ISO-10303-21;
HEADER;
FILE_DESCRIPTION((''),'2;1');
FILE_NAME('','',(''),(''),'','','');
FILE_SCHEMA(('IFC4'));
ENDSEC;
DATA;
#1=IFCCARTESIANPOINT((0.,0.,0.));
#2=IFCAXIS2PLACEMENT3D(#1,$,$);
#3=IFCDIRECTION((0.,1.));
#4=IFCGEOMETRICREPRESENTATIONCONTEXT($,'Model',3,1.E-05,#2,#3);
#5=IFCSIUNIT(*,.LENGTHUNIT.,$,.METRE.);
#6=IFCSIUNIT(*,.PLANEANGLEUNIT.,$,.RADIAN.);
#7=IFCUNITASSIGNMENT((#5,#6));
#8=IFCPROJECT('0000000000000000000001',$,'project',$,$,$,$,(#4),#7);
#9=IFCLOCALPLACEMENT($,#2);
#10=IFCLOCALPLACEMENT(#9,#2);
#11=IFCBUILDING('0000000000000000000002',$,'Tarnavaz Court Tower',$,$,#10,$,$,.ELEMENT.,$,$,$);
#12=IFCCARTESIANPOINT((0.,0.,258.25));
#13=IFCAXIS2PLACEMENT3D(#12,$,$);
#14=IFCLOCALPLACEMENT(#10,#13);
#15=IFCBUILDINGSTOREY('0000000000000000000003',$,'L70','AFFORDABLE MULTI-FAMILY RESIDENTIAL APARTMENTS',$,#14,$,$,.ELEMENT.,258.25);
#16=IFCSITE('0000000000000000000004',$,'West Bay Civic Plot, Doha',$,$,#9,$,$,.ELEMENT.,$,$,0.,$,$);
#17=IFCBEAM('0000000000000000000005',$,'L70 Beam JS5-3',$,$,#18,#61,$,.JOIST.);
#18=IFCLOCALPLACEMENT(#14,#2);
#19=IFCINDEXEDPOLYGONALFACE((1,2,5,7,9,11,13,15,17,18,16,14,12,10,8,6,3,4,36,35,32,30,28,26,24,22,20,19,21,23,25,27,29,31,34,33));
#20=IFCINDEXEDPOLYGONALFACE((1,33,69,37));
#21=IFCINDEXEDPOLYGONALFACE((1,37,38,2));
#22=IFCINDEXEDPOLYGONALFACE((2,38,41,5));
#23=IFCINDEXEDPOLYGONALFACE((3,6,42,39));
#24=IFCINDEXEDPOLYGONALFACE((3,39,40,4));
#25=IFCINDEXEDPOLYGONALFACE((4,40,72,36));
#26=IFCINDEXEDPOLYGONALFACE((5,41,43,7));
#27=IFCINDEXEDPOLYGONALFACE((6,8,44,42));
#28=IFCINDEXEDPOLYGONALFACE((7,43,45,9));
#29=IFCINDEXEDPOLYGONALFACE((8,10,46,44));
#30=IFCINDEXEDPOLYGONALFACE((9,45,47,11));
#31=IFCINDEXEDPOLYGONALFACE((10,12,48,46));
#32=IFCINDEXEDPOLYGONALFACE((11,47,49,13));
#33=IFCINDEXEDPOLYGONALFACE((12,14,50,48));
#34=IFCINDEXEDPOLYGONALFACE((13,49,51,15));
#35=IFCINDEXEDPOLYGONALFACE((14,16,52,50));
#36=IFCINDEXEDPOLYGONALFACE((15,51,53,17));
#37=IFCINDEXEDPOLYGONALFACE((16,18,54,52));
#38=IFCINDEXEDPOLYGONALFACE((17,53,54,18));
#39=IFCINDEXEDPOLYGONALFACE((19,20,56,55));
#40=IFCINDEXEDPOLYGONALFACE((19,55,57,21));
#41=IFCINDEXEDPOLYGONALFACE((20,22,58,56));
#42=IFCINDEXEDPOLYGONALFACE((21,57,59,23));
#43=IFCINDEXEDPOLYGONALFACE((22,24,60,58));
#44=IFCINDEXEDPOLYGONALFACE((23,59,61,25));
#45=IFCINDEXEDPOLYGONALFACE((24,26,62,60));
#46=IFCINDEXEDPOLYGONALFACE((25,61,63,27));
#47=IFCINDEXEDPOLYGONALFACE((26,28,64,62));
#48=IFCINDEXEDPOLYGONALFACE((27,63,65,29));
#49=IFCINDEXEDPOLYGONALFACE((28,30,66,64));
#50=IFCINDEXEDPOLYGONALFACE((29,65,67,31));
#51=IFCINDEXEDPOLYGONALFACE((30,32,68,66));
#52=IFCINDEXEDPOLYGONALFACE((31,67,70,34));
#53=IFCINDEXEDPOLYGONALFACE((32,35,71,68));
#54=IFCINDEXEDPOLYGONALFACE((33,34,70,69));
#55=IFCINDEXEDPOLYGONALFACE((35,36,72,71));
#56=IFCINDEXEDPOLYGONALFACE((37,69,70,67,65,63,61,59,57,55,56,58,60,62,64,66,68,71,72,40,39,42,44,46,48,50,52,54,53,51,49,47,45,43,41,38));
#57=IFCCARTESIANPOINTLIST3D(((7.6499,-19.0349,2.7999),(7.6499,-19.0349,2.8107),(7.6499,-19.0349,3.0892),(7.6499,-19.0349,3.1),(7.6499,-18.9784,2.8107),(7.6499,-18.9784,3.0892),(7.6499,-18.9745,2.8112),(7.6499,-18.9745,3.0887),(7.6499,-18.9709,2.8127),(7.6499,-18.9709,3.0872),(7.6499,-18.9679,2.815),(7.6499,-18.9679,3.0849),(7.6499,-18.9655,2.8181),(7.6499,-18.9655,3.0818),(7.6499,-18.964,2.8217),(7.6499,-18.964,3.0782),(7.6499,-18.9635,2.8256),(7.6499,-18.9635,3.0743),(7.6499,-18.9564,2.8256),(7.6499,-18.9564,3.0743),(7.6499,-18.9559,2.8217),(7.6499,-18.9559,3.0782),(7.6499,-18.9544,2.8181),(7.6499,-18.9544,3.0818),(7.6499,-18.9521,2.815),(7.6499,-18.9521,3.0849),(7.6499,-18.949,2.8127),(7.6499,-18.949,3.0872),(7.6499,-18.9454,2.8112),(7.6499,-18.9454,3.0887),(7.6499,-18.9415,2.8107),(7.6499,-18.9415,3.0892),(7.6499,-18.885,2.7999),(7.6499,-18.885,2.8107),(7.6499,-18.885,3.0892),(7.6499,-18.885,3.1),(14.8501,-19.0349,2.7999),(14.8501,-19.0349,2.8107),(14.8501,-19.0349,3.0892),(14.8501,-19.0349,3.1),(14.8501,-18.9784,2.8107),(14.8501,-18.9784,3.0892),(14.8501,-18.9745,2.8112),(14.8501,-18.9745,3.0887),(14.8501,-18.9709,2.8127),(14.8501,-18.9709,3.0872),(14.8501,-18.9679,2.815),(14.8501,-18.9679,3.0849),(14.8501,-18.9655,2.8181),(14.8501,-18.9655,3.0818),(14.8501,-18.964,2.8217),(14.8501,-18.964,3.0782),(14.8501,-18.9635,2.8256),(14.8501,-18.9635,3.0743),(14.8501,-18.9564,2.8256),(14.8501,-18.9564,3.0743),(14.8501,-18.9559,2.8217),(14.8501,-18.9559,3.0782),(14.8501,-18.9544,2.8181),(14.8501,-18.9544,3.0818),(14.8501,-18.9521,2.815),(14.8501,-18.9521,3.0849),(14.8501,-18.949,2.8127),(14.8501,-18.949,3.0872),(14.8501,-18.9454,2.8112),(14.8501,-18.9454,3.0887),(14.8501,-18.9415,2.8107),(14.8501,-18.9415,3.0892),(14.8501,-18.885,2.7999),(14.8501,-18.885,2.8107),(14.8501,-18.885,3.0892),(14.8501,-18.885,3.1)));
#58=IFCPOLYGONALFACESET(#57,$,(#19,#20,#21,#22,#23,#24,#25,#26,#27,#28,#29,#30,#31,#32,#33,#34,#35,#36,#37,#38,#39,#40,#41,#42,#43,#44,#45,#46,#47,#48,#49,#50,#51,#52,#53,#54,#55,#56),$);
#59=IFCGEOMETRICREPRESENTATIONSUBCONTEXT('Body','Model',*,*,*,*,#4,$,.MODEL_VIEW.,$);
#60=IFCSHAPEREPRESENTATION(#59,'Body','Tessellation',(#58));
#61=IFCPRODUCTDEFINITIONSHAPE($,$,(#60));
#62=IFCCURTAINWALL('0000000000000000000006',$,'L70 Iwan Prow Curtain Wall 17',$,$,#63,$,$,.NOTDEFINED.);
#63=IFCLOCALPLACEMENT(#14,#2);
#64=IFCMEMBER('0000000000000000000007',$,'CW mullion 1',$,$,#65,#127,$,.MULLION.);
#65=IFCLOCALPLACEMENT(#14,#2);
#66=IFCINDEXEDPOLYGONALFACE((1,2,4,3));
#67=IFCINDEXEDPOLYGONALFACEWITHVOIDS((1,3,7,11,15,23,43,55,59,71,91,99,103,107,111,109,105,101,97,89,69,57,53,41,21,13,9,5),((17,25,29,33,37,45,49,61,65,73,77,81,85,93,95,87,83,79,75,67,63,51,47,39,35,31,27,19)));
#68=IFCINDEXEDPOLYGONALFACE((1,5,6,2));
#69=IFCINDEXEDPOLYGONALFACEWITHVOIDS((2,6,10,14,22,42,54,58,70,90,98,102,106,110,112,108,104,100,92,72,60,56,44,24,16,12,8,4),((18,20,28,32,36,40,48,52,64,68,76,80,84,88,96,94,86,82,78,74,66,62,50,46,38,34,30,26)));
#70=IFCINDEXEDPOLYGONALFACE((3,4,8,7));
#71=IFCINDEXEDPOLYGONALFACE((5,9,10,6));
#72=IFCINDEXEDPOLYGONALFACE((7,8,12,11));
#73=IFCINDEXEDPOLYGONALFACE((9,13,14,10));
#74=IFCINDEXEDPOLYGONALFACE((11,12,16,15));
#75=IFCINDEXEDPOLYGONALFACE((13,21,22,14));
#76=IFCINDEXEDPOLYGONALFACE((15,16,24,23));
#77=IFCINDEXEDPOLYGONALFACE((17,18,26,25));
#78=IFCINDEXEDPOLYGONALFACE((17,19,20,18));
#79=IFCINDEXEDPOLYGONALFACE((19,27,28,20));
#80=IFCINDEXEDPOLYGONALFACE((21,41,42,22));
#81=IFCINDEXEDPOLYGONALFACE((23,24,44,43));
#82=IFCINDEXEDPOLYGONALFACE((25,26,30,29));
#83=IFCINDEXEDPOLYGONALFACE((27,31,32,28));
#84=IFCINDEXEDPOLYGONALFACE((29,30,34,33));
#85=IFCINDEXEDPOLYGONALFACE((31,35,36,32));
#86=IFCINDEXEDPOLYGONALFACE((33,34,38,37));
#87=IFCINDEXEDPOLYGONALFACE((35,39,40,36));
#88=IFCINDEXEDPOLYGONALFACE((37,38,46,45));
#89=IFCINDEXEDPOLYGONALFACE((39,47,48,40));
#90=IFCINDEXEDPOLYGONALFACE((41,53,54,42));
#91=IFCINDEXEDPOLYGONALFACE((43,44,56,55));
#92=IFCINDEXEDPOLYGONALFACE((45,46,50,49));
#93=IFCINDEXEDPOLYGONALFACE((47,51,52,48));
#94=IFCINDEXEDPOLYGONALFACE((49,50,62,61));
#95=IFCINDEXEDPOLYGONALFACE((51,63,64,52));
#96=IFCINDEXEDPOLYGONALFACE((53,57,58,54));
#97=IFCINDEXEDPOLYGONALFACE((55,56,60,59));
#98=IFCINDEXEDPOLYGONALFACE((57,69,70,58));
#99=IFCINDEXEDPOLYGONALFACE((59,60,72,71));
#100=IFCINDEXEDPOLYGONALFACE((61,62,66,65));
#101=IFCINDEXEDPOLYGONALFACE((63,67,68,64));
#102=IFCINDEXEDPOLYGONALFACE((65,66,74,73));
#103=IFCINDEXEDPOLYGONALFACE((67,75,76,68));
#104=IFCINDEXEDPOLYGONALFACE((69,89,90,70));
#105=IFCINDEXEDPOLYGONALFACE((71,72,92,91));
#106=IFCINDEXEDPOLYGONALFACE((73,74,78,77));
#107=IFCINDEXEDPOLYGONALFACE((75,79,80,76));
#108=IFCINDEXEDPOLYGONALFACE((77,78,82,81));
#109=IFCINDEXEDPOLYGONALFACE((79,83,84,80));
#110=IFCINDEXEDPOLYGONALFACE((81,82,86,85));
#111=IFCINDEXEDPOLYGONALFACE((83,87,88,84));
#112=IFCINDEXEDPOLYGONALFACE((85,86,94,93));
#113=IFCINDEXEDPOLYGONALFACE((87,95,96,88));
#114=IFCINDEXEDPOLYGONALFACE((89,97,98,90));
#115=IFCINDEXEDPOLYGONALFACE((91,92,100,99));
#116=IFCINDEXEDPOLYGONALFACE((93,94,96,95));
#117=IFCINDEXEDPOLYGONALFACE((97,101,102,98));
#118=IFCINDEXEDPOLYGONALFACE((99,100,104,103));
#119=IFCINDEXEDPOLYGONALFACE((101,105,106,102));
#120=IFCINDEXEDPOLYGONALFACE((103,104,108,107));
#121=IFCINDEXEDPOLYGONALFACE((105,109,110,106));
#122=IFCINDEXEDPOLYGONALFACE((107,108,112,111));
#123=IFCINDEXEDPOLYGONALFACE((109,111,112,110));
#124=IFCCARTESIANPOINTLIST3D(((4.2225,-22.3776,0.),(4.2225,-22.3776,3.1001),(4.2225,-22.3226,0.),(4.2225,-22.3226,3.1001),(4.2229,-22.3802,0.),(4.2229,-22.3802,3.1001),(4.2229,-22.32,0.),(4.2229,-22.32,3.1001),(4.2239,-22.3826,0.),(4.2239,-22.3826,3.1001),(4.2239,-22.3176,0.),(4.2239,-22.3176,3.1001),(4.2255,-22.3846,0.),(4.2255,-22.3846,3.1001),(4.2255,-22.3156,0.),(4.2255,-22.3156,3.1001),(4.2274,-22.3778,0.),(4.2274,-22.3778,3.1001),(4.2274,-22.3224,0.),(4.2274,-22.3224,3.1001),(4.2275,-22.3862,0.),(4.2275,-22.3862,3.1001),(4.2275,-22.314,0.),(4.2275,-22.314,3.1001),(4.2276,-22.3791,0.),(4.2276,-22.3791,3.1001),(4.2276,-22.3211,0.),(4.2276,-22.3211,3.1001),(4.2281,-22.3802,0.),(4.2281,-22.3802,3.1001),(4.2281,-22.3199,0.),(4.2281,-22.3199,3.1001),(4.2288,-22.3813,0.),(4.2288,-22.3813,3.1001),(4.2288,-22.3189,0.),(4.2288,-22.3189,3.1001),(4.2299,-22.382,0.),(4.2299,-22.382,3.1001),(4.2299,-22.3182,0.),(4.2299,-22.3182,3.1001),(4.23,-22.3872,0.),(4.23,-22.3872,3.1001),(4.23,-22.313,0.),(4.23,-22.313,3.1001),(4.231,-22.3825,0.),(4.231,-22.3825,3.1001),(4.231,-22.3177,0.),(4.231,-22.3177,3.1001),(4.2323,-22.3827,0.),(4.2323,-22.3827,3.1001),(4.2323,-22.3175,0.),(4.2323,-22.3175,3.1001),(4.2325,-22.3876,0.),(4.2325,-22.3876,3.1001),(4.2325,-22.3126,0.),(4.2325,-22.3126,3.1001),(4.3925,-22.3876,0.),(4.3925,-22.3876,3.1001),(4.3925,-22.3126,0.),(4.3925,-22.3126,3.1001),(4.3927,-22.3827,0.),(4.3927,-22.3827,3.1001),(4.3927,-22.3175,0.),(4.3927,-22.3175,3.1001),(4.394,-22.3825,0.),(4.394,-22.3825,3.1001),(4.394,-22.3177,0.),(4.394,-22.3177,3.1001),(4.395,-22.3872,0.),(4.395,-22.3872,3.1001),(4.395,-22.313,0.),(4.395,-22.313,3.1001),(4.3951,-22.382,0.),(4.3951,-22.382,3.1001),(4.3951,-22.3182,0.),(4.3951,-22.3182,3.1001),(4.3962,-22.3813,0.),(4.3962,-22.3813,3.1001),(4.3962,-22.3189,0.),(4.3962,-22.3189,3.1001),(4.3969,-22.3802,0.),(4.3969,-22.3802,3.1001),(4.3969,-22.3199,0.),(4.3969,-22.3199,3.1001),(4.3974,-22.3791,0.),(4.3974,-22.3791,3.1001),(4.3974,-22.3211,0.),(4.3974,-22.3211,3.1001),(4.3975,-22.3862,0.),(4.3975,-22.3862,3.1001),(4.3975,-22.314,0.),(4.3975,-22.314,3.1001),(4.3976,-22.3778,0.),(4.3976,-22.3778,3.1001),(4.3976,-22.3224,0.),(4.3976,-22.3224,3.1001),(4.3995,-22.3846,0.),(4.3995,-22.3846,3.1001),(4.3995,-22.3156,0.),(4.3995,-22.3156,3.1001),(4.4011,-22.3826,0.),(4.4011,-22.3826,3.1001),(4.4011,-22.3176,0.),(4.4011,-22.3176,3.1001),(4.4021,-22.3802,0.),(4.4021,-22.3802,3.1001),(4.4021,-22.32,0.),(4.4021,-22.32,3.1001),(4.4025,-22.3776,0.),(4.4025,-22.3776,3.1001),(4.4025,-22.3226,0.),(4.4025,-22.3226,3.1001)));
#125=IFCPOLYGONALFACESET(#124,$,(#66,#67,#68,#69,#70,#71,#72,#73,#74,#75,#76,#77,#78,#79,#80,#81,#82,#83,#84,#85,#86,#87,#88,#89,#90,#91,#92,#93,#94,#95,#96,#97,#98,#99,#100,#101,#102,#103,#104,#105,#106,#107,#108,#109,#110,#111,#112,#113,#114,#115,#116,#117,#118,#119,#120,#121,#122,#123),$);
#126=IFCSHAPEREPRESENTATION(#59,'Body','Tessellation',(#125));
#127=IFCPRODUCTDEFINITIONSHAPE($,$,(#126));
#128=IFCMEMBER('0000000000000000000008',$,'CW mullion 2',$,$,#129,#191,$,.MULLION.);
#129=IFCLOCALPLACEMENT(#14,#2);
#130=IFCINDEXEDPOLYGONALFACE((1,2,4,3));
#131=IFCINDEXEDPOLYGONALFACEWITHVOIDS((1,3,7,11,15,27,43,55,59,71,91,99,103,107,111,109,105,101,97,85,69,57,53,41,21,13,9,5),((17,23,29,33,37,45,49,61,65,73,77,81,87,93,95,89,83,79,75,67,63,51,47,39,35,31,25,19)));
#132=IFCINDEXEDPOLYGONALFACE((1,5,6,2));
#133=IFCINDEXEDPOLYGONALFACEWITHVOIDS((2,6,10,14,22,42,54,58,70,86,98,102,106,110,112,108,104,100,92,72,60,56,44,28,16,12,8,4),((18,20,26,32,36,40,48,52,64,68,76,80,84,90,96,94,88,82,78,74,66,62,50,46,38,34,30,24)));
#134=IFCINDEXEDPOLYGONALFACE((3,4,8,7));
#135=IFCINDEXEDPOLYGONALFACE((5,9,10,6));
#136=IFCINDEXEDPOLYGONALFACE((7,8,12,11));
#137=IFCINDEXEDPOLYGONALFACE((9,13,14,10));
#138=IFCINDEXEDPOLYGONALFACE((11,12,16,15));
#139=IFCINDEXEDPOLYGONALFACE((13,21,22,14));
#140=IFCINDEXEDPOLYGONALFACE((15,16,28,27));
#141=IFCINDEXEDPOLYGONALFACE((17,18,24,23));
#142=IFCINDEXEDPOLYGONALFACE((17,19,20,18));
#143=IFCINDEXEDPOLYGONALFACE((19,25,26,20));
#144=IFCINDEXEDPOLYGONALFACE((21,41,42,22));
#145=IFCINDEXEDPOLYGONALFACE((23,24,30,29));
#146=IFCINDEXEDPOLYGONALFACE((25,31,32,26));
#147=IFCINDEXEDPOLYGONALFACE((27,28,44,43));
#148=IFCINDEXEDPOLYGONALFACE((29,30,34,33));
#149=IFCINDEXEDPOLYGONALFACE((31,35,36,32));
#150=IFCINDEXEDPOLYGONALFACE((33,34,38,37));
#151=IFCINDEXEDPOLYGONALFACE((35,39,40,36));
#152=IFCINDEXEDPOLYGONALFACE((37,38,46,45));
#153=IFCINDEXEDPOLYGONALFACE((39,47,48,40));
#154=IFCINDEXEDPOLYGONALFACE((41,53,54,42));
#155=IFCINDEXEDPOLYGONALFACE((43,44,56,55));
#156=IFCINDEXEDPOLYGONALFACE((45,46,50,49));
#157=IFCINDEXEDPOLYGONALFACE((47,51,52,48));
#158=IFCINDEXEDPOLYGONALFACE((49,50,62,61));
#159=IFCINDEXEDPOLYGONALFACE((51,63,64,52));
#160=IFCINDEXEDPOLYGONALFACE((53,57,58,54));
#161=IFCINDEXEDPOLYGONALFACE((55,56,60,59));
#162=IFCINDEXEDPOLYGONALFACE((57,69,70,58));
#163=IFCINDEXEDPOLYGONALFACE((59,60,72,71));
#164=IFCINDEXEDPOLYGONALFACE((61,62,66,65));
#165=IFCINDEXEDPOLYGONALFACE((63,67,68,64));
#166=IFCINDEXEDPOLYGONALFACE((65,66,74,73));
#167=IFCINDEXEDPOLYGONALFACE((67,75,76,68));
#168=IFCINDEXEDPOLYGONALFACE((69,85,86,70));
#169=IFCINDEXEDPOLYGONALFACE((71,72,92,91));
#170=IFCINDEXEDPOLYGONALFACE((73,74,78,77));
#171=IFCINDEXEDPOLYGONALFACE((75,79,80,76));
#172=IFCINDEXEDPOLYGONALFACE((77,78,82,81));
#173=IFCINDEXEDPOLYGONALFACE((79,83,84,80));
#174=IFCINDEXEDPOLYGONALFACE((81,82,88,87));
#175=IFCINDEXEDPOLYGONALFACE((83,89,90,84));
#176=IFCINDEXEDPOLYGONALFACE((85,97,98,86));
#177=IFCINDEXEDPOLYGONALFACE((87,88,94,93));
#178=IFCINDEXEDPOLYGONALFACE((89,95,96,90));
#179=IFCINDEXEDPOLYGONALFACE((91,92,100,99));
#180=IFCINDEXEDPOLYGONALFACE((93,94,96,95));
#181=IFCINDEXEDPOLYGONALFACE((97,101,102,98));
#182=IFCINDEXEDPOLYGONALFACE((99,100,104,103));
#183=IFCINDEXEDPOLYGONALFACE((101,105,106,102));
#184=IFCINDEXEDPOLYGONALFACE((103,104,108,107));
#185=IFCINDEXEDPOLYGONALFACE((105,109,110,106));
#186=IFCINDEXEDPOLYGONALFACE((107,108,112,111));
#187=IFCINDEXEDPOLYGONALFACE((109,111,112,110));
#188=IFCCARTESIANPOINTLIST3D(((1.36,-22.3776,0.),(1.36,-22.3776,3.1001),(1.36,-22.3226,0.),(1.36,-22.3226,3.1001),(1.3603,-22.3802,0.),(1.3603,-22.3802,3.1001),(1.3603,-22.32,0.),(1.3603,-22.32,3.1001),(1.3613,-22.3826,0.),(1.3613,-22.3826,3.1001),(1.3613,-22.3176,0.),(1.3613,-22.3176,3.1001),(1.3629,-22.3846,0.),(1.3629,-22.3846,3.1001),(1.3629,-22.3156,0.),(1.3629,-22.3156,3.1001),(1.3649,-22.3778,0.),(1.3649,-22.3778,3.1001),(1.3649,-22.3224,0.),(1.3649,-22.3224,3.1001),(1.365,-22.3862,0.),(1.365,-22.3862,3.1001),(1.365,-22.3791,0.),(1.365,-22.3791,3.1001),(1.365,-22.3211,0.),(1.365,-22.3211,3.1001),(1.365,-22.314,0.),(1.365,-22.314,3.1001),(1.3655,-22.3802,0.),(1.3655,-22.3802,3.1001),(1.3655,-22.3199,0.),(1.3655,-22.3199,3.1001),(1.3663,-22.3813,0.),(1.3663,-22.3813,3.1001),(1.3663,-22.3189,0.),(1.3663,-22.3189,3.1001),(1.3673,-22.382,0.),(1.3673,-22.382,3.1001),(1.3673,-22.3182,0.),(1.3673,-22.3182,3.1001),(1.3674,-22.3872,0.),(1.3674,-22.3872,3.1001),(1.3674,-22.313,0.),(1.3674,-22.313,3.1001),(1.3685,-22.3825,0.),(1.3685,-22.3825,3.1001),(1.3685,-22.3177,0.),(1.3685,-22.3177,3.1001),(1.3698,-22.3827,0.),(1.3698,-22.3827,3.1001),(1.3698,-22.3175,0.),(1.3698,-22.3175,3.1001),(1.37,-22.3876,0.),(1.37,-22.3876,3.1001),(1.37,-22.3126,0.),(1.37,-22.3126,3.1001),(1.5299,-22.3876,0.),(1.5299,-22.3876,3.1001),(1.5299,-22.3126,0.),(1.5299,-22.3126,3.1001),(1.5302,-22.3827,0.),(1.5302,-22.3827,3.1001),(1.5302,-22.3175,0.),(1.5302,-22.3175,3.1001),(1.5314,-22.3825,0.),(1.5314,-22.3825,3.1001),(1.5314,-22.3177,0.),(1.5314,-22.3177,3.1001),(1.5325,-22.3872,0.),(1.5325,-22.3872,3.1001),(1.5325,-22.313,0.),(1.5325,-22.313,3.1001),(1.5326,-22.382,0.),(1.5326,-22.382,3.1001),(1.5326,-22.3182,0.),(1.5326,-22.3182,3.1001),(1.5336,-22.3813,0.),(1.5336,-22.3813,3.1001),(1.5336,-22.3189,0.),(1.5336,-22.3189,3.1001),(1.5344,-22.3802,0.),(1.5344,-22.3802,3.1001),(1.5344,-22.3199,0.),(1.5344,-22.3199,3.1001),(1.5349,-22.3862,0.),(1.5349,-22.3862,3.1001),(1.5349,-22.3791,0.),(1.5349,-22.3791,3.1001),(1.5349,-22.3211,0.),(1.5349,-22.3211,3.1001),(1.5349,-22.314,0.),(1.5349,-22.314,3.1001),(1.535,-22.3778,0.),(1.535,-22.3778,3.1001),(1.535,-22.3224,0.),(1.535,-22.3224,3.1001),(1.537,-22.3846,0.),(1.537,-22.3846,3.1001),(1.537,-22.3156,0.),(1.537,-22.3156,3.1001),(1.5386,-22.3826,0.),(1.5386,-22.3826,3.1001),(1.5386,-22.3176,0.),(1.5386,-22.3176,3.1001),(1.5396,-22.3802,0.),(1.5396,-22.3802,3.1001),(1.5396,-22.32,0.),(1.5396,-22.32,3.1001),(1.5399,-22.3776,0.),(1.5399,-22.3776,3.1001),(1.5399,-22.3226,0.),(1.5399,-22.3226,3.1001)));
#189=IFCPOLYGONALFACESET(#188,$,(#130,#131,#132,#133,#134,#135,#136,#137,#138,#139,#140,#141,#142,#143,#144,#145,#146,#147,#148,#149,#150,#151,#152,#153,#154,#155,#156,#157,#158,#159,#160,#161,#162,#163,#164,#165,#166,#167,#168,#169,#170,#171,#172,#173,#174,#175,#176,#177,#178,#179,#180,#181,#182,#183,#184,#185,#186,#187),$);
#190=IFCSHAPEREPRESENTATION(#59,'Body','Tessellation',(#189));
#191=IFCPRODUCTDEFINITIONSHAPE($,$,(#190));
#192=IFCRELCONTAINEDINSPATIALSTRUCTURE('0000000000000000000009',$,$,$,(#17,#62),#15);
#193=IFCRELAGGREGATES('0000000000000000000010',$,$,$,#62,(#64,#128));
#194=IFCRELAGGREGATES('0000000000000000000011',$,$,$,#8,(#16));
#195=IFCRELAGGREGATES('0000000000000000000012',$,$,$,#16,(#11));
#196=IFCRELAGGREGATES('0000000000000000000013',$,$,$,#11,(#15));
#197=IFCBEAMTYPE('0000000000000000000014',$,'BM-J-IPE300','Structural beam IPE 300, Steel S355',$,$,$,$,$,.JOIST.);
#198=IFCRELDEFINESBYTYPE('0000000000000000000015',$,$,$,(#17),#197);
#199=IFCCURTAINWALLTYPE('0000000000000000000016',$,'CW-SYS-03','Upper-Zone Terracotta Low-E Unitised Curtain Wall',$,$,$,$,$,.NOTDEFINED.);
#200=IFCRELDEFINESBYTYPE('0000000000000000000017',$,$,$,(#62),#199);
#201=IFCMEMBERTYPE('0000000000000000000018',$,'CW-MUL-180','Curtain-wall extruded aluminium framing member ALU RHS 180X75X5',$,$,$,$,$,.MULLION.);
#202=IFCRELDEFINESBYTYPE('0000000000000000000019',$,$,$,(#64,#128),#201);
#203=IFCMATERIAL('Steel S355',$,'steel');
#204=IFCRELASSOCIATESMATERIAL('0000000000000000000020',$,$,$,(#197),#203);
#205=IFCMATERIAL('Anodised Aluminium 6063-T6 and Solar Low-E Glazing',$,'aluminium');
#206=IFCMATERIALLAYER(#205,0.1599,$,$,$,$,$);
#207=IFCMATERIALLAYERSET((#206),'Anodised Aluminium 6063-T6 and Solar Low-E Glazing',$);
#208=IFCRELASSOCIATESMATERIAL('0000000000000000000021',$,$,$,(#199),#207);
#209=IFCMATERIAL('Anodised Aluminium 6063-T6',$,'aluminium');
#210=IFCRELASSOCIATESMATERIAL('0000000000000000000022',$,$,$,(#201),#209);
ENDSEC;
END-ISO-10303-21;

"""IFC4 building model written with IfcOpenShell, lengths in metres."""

from ifc_helpers import new_model, si_unit, direction, frame, origin, origin_2d, place, context, subcontext, project, spatial, hollow_rectangle, i_section, extrude, material, layer, layer_set, material_profile, profile_set, type_object, element, aggregate, save


model = new_model("IFC4")

# Units and contexts
model_context = context("Model", 3, precision=1e-05, world=origin(), true_north=direction((0.0, 1.0)))
body_context = subcontext(model_context, "Body", "Model", "MODEL_VIEW")
ifc_project = project(units=[si_unit("LENGTHUNIT", "METRE"), si_unit("PLANEANGLEUNIT", "RADIAN")], contexts=[model_context])

# Site, building, storey
site_placement = place(None, origin())
site = spatial("IfcSite", under=ifc_project, at=site_placement, Name="West Bay Civic Plot, Doha", CompositionType="ELEMENT", RefElevation=0.0)
building_placement = place(site_placement, origin())
building = spatial("IfcBuilding", under=site, at=building_placement, Name="Tarnavaz Court Tower", CompositionType="ELEMENT")
storey_placement = place(building_placement, frame((0.0, 0.0, 258.25)))
storey = spatial("IfcBuildingStorey", under=building, at=storey_placement, Name="L70", Description="AFFORDABLE MULTI-FAMILY RESIDENTIAL APARTMENTS", CompositionType="ELEMENT", Elevation=258.25)

# Beam
ifc_material_1 = material(Name="Steel S355", Category="steel")
ifc_material_profile_1 = material_profile(ifc_material_1, i_section(OverallWidth=0.1499, OverallDepth=0.3, WebThickness=0.0071, FlangeThickness=0.0107, FilletRadius=0.0149, at=origin_2d()), Name="IPE 300")
ifc_profile_set_1 = profile_set([ifc_material_profile_1], Name="Steel S355")
beam_type = type_object("IfcBeamType", Name="BM-J-IPE300", Description="Structural beam IPE 300, Steel S355", PredefinedType="JOIST", material=ifc_profile_set_1)
for number, where, z_axis, x_axis, name in (
    (1, (7.6499, -18.96, 2.95), (1.0, 0.0, 0.0), (0.0, 1.0, 0.0), "L70 Beam JS5-3"),
):
    element("IfcBeam", number, at=place(storey_placement, frame(where, z_axis=z_axis, x_axis=x_axis)), inside=storey, type_object=beam_type, Name=name, PredefinedType="JOIST", context=body_context, shape_type="SweptSolid", body=[
        extrude(i_section(OverallWidth=0.1499, OverallDepth=0.3, WebThickness=0.0071, FlangeThickness=0.0107, FilletRadius=0.0149, at=origin_2d()), origin(), (0.0, 0.0, 1.0), 7.2002),
    ])

# Curtain wall, members
ifc_material_2 = material(Name="Anodised Aluminium 6063-T6 and Solar Low-E Glazing", Category="aluminium")
ifc_layer_1 = layer(ifc_material_2, 0.1599)
ifc_layer_set_1 = layer_set([ifc_layer_1], Name="Anodised Aluminium 6063-T6 and Solar Low-E Glazing")
curtain_wall_type = type_object("IfcCurtainWallType", Name="CW-SYS-03", Description="Upper-Zone Terracotta Low-E Unitised Curtain Wall", PredefinedType="NOTDEFINED", material=ifc_layer_set_1)
curtain_wall_placement = place(storey_placement, origin())
curtain_wall = element("IfcCurtainWall", 2, at=curtain_wall_placement, inside=storey, type_object=curtain_wall_type, Name="L70 Iwan Prow Curtain Wall 17", PredefinedType="NOTDEFINED")
ifc_material_3 = material(Name="Anodised Aluminium 6063-T6", Category="aluminium")
ifc_material_profile_2 = material_profile(ifc_material_3, hollow_rectangle(XDim=0.075, YDim=0.1799, WallThickness=0.0049, InnerFilletRadius=0.0049, OuterFilletRadius=0.01, at=origin_2d()), Name="ALU RHS 180X75X5")
ifc_profile_set_2 = profile_set([ifc_material_profile_2], Name="Anodised Aluminium 6063-T6")
member_type_1 = type_object("IfcMemberType", Name="CW-MUL-180", Description="Curtain-wall extruded aluminium framing member ALU RHS 180X75X5", PredefinedType="MULLION", material=ifc_profile_set_2)
member_1_placement = place(storey_placement, frame((4.3125, -22.3501, 0.0), z_axis=(0.0, 0.0, 1.0), x_axis=(0.0, -1.0, 0.0)))
member_1 = element("IfcMember", 3, at=member_1_placement, type_object=member_type_1, Name="CW mullion 1", PredefinedType="MULLION", context=body_context, shape_type="SweptSolid", body=[
    extrude(hollow_rectangle(XDim=0.075, YDim=0.1799, WallThickness=0.0049, InnerFilletRadius=0.0049, OuterFilletRadius=0.01, at=origin_2d()), origin(), (0.0, 0.0, 1.0), 3.1001),
])
member_2_placement = place(storey_placement, frame((1.45, -22.3501, 0.0), z_axis=(0.0, 0.0, 1.0), x_axis=(0.0, -1.0, 0.0)))
member_2 = element("IfcMember", 4, at=member_2_placement, type_object=member_type_1, Name="CW mullion 2", PredefinedType="MULLION", context=body_context, shape_type="SweptSolid", body=[
    extrude(hollow_rectangle(XDim=0.075, YDim=0.1799, WallThickness=0.0049, InnerFilletRadius=0.0049, OuterFilletRadius=0.01, at=origin_2d()), origin(), (0.0, 0.0, 1.0), 3.1001),
])
aggregate(curtain_wall, [member_1, member_2])

save(model, "model.ifc")
